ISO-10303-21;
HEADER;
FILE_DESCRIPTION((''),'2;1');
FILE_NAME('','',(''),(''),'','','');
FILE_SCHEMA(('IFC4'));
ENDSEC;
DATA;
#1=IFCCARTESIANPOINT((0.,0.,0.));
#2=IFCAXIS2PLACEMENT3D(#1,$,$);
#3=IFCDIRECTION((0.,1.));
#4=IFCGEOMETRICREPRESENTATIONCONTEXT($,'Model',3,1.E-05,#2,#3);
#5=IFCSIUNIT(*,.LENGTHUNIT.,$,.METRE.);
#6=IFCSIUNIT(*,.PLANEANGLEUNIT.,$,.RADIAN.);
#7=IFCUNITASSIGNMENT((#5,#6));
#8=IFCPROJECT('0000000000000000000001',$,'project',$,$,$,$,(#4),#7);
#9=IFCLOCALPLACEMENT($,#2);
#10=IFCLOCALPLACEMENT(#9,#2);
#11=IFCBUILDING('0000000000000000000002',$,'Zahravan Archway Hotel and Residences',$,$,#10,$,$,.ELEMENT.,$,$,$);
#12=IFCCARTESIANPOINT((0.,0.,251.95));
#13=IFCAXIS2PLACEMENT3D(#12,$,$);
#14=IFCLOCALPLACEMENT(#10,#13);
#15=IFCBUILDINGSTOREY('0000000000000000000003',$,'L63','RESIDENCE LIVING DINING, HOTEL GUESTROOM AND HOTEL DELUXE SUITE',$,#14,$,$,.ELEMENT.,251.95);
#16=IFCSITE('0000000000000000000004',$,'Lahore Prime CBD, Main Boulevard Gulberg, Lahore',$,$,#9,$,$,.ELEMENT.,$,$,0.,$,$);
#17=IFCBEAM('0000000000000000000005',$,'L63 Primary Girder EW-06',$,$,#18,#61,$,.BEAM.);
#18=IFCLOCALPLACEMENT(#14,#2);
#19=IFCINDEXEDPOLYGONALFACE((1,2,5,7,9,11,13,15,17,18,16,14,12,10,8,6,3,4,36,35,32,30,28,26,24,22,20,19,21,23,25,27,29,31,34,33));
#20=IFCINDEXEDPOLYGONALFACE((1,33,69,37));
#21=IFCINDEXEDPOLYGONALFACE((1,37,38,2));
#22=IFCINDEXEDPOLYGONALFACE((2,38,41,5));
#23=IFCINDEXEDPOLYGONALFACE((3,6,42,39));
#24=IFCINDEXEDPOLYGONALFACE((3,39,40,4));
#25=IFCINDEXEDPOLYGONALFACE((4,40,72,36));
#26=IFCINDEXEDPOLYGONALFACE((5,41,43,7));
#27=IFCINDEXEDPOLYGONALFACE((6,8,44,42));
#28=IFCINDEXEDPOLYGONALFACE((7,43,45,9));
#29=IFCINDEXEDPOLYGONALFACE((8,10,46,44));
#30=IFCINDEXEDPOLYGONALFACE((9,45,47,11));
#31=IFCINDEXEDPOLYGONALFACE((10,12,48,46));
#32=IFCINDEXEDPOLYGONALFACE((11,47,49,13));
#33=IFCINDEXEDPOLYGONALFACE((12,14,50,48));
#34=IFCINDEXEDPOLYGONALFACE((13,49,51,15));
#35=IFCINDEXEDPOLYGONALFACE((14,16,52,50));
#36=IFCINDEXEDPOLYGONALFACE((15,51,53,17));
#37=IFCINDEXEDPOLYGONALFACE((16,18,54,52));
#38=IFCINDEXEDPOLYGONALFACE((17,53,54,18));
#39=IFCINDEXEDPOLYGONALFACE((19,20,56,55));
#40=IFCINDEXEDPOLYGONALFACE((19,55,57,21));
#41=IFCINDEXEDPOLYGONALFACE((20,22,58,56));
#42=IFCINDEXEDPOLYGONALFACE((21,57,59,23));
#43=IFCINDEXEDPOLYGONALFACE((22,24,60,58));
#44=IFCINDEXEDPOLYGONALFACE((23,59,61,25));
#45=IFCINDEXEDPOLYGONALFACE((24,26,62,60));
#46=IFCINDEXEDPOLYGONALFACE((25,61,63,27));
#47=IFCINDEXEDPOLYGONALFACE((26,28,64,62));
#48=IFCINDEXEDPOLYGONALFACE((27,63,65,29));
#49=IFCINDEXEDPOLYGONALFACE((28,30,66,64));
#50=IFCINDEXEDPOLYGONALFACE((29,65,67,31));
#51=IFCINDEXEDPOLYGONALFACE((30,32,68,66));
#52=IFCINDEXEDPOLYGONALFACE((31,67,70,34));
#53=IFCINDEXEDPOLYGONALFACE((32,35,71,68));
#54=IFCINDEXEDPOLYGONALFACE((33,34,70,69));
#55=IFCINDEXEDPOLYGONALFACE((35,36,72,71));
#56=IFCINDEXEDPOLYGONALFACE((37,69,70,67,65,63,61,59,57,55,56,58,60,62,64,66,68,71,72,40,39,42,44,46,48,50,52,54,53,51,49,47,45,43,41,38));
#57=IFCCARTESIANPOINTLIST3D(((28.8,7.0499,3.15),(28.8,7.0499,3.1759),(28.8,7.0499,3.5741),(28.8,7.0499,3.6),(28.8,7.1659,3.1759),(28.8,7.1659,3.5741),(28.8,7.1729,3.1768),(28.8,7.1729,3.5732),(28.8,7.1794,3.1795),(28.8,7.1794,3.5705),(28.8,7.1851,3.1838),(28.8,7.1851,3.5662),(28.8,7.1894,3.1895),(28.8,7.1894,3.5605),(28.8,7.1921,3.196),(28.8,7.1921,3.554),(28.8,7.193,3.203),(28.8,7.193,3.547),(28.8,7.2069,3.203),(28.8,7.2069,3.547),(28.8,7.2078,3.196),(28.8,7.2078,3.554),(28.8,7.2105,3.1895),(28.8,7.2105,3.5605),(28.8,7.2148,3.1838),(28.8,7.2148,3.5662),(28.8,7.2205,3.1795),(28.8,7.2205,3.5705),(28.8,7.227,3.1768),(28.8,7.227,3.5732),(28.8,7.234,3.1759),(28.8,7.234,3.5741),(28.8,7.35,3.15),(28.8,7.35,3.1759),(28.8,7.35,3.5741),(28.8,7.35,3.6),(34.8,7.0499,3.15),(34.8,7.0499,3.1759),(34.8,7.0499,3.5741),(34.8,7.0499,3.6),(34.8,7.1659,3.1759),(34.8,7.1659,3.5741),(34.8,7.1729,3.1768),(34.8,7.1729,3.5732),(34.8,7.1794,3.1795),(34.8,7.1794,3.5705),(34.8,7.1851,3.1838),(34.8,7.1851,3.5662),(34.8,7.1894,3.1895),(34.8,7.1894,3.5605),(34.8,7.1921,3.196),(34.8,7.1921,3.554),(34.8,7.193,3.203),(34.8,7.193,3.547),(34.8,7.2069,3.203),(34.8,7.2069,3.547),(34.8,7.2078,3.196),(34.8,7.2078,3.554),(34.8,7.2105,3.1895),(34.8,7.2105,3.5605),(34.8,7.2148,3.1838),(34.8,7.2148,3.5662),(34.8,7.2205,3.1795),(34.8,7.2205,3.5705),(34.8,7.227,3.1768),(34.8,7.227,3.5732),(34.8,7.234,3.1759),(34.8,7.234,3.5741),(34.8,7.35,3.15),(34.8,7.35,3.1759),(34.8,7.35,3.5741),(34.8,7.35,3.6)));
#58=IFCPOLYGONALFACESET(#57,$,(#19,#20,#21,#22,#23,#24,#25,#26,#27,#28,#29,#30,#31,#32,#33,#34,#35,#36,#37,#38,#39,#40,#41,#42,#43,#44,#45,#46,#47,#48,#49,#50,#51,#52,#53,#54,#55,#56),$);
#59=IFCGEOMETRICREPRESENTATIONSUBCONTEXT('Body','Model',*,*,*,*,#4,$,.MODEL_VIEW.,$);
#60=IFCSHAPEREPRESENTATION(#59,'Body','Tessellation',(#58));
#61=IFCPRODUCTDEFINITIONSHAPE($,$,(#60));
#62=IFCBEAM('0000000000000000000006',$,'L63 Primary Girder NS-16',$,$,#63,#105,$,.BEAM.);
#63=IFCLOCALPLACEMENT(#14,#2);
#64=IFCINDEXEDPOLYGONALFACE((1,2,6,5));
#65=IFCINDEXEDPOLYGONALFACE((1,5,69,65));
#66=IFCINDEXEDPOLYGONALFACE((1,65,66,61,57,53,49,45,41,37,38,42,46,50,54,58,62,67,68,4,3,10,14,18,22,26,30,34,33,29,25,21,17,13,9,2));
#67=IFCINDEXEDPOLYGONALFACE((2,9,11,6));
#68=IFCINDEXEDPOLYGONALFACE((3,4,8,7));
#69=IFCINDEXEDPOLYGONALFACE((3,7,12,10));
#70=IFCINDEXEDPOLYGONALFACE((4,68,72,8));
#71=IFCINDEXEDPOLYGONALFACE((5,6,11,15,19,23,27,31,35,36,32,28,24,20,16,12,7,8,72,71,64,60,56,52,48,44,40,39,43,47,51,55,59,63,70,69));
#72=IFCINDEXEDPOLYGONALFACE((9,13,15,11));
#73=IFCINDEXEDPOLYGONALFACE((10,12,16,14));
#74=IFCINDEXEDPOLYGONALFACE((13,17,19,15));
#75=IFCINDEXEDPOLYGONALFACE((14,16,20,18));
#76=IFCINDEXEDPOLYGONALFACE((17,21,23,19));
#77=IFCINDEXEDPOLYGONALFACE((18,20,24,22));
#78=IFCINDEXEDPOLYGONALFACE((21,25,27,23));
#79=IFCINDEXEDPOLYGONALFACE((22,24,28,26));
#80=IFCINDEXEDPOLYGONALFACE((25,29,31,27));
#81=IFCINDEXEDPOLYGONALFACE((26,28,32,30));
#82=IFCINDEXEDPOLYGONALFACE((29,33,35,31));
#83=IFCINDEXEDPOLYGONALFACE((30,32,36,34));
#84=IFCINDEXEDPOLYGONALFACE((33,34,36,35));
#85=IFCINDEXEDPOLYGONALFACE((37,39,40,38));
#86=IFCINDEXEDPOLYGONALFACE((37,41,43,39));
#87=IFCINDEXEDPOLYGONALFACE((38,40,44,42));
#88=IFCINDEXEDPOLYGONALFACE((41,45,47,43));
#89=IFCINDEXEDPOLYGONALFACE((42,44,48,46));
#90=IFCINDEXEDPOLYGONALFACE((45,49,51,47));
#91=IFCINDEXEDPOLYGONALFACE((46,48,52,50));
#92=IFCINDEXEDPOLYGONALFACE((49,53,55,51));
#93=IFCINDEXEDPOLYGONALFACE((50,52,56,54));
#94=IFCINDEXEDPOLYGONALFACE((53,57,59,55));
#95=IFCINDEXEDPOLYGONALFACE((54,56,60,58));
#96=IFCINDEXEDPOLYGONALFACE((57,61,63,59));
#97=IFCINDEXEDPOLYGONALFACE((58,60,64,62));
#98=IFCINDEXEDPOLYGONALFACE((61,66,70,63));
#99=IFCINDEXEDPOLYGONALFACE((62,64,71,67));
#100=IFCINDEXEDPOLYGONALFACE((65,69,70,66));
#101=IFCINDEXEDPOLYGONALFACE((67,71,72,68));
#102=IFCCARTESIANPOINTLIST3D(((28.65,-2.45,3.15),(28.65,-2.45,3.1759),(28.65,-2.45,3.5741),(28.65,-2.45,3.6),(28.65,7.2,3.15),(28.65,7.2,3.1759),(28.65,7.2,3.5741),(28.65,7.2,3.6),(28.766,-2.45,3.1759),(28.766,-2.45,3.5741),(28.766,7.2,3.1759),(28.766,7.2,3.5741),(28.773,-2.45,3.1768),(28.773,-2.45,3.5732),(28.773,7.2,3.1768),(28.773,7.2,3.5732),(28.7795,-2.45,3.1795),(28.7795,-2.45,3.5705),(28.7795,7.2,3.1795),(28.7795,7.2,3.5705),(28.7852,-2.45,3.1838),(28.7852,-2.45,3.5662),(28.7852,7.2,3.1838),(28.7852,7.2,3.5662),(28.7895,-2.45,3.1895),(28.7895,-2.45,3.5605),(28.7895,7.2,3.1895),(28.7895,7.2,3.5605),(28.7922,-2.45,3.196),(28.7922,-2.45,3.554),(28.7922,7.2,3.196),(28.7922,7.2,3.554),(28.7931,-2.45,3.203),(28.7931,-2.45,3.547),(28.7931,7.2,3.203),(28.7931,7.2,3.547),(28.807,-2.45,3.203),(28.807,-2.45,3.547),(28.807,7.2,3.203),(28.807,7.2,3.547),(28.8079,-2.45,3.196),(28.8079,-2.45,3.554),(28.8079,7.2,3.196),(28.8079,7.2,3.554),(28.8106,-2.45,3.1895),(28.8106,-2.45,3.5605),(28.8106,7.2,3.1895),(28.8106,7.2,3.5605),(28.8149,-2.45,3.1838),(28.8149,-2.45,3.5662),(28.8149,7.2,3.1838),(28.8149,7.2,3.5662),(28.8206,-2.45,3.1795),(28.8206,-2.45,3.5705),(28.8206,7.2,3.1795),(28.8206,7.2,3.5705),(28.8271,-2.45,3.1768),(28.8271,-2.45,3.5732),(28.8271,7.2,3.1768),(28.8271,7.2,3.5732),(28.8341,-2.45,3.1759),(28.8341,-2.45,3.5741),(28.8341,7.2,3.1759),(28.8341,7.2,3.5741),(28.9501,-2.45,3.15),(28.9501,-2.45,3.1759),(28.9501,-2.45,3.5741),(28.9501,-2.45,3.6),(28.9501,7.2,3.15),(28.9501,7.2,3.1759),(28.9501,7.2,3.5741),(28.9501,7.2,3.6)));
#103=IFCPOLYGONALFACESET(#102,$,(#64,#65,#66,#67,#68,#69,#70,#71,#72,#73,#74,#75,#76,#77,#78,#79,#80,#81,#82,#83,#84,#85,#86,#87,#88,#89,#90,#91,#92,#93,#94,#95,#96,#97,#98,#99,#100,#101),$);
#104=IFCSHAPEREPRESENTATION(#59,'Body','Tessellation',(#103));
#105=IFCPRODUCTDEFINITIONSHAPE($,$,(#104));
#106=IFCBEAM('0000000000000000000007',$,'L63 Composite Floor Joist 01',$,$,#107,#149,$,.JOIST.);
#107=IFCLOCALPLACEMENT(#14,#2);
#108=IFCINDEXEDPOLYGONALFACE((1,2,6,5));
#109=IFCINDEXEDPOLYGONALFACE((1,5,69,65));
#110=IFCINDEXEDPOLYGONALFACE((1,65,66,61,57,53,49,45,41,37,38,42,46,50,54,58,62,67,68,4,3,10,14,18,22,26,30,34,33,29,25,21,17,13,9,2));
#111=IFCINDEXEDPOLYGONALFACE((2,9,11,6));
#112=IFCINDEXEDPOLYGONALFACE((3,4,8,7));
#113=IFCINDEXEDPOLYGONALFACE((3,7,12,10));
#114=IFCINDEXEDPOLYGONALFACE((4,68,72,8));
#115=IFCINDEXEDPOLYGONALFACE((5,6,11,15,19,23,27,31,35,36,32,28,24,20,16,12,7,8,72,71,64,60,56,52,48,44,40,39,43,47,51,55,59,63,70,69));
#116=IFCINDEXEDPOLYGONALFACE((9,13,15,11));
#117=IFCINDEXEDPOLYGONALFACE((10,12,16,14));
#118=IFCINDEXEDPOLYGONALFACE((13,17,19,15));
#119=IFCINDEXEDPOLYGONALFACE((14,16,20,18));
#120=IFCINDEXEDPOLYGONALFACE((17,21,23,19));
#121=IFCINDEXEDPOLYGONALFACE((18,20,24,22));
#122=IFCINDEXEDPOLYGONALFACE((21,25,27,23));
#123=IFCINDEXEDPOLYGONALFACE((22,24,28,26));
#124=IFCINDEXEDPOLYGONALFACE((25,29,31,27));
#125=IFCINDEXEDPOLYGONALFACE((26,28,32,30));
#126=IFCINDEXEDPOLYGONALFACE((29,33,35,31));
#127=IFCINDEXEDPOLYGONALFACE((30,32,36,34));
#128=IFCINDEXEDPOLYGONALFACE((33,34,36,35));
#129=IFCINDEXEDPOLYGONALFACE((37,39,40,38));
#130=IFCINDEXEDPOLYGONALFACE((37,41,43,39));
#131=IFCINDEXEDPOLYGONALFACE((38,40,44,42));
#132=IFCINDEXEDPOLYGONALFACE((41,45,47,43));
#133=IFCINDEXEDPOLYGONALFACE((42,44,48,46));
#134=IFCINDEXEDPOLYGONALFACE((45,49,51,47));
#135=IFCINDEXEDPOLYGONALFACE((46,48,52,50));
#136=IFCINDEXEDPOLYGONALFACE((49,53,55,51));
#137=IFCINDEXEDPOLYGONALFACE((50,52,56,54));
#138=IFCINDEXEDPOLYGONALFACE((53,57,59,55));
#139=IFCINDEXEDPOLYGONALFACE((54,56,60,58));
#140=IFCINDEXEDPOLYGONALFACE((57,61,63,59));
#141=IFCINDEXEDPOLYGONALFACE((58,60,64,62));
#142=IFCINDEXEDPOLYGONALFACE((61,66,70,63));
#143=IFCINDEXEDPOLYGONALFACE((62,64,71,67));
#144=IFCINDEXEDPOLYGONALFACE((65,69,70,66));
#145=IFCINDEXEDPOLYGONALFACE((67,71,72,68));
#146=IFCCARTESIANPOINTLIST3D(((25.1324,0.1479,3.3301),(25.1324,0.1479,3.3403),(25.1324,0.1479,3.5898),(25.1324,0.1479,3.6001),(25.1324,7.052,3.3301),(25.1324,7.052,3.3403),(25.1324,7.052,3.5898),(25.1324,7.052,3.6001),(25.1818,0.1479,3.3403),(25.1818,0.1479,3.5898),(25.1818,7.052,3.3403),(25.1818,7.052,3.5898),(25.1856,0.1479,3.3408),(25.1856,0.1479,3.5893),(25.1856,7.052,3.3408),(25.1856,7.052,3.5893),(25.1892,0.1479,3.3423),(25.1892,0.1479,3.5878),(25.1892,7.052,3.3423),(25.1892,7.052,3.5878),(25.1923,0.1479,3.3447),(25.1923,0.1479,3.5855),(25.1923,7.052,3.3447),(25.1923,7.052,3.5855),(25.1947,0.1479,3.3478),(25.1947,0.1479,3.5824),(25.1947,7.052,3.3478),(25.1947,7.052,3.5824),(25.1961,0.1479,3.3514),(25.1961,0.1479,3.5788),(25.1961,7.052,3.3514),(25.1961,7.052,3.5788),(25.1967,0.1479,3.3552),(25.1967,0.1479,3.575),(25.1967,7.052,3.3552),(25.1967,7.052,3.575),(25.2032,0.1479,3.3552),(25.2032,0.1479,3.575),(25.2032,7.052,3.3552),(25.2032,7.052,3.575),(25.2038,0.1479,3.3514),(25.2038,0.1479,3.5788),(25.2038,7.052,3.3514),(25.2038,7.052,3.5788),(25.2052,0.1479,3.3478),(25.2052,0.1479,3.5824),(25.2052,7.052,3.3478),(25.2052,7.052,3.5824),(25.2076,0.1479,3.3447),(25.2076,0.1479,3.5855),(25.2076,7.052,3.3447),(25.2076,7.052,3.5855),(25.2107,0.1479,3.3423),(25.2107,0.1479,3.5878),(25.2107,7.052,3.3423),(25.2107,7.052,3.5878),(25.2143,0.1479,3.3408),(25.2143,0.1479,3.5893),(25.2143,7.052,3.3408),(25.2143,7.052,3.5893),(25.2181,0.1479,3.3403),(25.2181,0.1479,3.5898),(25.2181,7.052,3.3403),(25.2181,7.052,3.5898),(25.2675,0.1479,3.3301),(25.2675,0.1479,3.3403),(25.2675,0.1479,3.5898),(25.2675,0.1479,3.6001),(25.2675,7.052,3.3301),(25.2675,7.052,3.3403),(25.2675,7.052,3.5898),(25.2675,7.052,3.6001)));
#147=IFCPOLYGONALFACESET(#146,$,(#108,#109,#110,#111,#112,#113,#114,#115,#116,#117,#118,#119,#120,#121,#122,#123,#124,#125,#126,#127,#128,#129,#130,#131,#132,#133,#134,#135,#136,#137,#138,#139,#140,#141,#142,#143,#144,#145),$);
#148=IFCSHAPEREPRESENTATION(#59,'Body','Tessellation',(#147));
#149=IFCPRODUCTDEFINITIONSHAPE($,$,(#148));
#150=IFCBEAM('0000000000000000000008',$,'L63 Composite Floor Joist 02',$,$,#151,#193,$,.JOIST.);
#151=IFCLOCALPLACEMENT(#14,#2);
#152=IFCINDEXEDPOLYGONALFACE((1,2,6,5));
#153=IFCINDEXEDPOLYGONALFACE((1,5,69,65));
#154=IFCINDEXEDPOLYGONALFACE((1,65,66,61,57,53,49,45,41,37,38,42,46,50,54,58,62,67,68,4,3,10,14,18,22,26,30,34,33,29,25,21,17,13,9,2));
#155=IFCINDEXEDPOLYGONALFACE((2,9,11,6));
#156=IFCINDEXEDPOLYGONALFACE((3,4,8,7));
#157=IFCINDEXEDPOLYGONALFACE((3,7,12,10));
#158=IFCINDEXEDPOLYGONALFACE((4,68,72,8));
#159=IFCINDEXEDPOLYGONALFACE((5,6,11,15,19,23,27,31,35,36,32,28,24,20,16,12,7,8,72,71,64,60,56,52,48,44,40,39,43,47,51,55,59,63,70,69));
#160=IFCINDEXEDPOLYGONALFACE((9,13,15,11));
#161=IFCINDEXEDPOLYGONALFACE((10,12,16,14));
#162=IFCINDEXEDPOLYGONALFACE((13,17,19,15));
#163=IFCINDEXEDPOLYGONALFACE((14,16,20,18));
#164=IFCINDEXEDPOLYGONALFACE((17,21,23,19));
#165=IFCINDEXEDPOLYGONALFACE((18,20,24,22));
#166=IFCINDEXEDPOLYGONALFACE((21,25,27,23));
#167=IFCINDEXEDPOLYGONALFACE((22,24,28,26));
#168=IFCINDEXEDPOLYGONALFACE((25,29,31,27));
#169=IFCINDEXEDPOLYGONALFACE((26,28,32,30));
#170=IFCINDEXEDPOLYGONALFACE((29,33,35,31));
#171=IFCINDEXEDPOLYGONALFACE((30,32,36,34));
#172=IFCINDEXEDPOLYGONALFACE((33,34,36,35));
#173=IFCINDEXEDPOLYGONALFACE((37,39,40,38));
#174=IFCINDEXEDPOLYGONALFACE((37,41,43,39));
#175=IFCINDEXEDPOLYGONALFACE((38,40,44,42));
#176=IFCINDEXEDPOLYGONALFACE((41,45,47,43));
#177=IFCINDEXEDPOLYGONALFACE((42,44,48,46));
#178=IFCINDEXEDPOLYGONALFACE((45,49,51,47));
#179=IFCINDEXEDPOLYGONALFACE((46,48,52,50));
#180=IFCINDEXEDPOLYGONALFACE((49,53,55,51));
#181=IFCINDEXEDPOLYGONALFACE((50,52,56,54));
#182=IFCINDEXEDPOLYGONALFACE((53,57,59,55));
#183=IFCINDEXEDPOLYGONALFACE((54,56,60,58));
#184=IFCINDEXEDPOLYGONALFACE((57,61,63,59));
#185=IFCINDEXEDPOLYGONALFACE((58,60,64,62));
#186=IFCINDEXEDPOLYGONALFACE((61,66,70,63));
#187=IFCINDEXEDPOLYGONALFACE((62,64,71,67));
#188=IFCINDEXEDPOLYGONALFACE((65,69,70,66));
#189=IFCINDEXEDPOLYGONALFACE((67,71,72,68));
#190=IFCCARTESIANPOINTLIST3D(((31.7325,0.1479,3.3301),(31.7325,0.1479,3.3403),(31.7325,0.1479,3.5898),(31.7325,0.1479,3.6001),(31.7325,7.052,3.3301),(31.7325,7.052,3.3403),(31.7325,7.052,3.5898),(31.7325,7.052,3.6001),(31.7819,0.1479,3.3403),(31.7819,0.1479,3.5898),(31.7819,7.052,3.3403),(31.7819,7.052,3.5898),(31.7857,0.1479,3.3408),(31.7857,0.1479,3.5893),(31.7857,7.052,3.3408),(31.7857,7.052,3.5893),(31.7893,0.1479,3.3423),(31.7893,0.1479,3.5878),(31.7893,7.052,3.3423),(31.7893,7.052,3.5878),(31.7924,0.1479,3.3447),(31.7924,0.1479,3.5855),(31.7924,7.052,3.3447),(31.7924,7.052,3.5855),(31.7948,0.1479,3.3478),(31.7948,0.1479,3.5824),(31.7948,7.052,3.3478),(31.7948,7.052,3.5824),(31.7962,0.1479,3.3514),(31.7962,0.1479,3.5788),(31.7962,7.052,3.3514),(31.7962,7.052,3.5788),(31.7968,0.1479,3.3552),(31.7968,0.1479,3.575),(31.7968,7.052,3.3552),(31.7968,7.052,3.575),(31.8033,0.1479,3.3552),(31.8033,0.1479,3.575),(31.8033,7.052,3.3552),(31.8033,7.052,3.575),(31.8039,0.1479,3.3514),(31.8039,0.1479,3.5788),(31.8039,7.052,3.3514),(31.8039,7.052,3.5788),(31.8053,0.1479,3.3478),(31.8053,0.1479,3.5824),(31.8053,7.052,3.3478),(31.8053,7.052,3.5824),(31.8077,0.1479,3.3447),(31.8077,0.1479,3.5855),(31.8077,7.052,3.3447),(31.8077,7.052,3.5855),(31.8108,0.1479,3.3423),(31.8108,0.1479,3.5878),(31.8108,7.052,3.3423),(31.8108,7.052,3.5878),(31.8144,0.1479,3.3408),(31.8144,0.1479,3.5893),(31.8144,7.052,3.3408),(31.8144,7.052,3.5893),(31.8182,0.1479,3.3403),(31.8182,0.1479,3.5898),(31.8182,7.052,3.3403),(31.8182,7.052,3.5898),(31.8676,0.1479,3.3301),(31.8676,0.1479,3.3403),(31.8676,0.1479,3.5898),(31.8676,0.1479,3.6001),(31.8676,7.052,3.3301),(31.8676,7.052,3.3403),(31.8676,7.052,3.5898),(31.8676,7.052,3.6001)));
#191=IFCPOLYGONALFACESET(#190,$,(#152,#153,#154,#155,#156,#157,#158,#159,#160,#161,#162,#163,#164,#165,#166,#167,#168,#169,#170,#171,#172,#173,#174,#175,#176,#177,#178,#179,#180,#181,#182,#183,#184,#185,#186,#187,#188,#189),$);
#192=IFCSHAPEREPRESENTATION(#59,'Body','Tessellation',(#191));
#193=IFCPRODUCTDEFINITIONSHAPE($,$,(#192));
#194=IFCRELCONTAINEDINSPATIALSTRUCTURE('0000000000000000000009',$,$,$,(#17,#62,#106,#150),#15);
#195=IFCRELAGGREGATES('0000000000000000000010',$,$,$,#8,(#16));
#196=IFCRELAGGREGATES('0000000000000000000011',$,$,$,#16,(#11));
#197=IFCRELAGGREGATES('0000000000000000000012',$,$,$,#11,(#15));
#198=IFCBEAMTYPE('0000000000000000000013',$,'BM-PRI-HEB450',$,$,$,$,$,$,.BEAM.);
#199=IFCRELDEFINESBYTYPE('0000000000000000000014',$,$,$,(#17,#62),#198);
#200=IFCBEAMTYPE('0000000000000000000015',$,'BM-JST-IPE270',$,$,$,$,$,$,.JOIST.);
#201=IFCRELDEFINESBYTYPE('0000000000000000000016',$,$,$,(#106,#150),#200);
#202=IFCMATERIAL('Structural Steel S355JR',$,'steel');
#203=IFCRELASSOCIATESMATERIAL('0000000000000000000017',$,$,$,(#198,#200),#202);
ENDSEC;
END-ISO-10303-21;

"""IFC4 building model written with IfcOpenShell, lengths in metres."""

from ifc_helpers import new_model, si_unit, direction, frame, origin, origin_2d, place, context, subcontext, project, spatial, i_section, extrude, source, transform, mapped, material, material_profile, profile_set, type_object, type_shapes, element, save


model = new_model("IFC4")

# Units and contexts
model_context = context("Model", 3, precision=1e-05, world=origin(), true_north=direction((0.0, 1.0)))
body_context = subcontext(model_context, "Body", "Model", "MODEL_VIEW")
ifc_project = project(units=[si_unit("LENGTHUNIT", "METRE"), si_unit("PLANEANGLEUNIT", "RADIAN")], contexts=[model_context])

# Site, building, storey
site_placement = place(None, origin())
site = spatial("IfcSite", under=ifc_project, at=site_placement, Name="Lahore Prime CBD, Main Boulevard Gulberg, Lahore", CompositionType="ELEMENT", RefElevation=0.0)
building_placement = place(site_placement, origin())
building = spatial("IfcBuilding", under=site, at=building_placement, Name="Zahravan Archway Hotel and Residences", CompositionType="ELEMENT")
storey_placement = place(building_placement, frame((0.0, 0.0, 251.95)))
storey = spatial("IfcBuildingStorey", under=building, at=storey_placement, Name="L63", Description="RESIDENCE LIVING DINING, HOTEL GUESTROOM AND HOTEL DELUXE SUITE", CompositionType="ELEMENT", Elevation=251.95)

# Beams
ifc_material_1 = material(Name="Structural Steel S355JR", Category="steel")
ifc_material_profile_1 = material_profile(ifc_material_1, i_section(OverallWidth=0.3, OverallDepth=0.45, WebThickness=0.0139, FlangeThickness=0.0259, FilletRadius=0.0271, at=origin_2d()), Name="HEB 450", Category="steel")
ifc_profile_set_1 = profile_set([ifc_material_profile_1], Name="Structural Steel S355JR")
beam_type_1 = type_object("IfcBeamType", Name="BM-PRI-HEB450", PredefinedType="BEAM", material=ifc_profile_set_1)
shared_shape_1 = source(origin(), body_context, "Body", "SweptSolid", [
    extrude(i_section(OverallWidth=0.3, OverallDepth=0.45, WebThickness=0.0139, FlangeThickness=0.0259, FilletRadius=0.0271, at=origin_2d()), origin(), (0.0, 0.0, 1.0), 6.0),
])
for number, where, z_axis, x_axis, name in (
    (1, (28.8, 7.2, 3.375), (1.0, 0.0, 0.0), (0.0, 1.0, 0.0), "L63 Primary Girder EW-06"),
):
    element("IfcBeam", number, at=place(storey_placement, frame(where, z_axis=z_axis, x_axis=x_axis)), inside=storey, type_object=beam_type_1, Name=name, PredefinedType="BEAM", context=body_context, shape_type="MappedRepresentation", body=[
        mapped(shared_shape_1, transform((0.0, 0.0, 0.0), scale=1.0)),
    ])
shared_shape_2 = source(origin(), body_context, "Body", "SweptSolid", [
    extrude(i_section(OverallWidth=0.3, OverallDepth=0.45, WebThickness=0.0139, FlangeThickness=0.0259, FilletRadius=0.0271, at=origin_2d()), origin(), (0.0, 0.0, 1.0), 9.6499),
])
beam_placement = place(storey_placement, frame((28.8, -2.45, 3.375), z_axis=(0.0, 1.0, 0.0), x_axis=(-1.0, 0.0, 0.0)))
element("IfcBeam", 2, at=beam_placement, inside=storey, type_object=beam_type_1, Name="L63 Primary Girder NS-16", PredefinedType="BEAM", context=body_context, shape_type="MappedRepresentation", body=[
    mapped(shared_shape_2, transform((0.0, 0.0, 0.0), scale=1.0)),
])
ifc_material_profile_2 = material_profile(ifc_material_1, i_section(OverallWidth=0.135, OverallDepth=0.27, WebThickness=0.0066, FlangeThickness=0.0103, FilletRadius=0.0149, at=origin_2d()), Name="IPE 270", Category="steel")
ifc_profile_set_2 = profile_set([ifc_material_profile_2], Name="Structural Steel S355JR")
beam_type_2 = type_object("IfcBeamType", Name="BM-JST-IPE270", PredefinedType="JOIST", material=ifc_profile_set_2)
shared_shape_3 = source(origin(), body_context, "Body", "SweptSolid", [
    extrude(i_section(OverallWidth=0.135, OverallDepth=0.27, WebThickness=0.0066, FlangeThickness=0.0103, FilletRadius=0.0149, at=origin_2d()), origin(), (0.0, 0.0, 1.0), 6.9041),
])
type_shapes(beam_type_2, [shared_shape_3])
for number, where, z_axis, x_axis, name in (
    (3, (25.2, 0.1479, 3.4651), (0.0, 1.0, 0.0), (-1.0, 0.0, 0.0), "L63 Composite Floor Joist 01"),
    (4, (31.8, 0.1479, 3.4651), (0.0, 1.0, 0.0), (-1.0, 0.0, 0.0), "L63 Composite Floor Joist 02"),
):
    element("IfcBeam", number, at=place(storey_placement, frame(where, z_axis=z_axis, x_axis=x_axis)), inside=storey, type_object=beam_type_2, Name=name, PredefinedType="JOIST", context=body_context, shape_type="MappedRepresentation", body=[
        mapped(shared_shape_3, transform((0.0, 0.0, 0.0), scale=1.0)),
    ])

save(model, "model.ifc")
